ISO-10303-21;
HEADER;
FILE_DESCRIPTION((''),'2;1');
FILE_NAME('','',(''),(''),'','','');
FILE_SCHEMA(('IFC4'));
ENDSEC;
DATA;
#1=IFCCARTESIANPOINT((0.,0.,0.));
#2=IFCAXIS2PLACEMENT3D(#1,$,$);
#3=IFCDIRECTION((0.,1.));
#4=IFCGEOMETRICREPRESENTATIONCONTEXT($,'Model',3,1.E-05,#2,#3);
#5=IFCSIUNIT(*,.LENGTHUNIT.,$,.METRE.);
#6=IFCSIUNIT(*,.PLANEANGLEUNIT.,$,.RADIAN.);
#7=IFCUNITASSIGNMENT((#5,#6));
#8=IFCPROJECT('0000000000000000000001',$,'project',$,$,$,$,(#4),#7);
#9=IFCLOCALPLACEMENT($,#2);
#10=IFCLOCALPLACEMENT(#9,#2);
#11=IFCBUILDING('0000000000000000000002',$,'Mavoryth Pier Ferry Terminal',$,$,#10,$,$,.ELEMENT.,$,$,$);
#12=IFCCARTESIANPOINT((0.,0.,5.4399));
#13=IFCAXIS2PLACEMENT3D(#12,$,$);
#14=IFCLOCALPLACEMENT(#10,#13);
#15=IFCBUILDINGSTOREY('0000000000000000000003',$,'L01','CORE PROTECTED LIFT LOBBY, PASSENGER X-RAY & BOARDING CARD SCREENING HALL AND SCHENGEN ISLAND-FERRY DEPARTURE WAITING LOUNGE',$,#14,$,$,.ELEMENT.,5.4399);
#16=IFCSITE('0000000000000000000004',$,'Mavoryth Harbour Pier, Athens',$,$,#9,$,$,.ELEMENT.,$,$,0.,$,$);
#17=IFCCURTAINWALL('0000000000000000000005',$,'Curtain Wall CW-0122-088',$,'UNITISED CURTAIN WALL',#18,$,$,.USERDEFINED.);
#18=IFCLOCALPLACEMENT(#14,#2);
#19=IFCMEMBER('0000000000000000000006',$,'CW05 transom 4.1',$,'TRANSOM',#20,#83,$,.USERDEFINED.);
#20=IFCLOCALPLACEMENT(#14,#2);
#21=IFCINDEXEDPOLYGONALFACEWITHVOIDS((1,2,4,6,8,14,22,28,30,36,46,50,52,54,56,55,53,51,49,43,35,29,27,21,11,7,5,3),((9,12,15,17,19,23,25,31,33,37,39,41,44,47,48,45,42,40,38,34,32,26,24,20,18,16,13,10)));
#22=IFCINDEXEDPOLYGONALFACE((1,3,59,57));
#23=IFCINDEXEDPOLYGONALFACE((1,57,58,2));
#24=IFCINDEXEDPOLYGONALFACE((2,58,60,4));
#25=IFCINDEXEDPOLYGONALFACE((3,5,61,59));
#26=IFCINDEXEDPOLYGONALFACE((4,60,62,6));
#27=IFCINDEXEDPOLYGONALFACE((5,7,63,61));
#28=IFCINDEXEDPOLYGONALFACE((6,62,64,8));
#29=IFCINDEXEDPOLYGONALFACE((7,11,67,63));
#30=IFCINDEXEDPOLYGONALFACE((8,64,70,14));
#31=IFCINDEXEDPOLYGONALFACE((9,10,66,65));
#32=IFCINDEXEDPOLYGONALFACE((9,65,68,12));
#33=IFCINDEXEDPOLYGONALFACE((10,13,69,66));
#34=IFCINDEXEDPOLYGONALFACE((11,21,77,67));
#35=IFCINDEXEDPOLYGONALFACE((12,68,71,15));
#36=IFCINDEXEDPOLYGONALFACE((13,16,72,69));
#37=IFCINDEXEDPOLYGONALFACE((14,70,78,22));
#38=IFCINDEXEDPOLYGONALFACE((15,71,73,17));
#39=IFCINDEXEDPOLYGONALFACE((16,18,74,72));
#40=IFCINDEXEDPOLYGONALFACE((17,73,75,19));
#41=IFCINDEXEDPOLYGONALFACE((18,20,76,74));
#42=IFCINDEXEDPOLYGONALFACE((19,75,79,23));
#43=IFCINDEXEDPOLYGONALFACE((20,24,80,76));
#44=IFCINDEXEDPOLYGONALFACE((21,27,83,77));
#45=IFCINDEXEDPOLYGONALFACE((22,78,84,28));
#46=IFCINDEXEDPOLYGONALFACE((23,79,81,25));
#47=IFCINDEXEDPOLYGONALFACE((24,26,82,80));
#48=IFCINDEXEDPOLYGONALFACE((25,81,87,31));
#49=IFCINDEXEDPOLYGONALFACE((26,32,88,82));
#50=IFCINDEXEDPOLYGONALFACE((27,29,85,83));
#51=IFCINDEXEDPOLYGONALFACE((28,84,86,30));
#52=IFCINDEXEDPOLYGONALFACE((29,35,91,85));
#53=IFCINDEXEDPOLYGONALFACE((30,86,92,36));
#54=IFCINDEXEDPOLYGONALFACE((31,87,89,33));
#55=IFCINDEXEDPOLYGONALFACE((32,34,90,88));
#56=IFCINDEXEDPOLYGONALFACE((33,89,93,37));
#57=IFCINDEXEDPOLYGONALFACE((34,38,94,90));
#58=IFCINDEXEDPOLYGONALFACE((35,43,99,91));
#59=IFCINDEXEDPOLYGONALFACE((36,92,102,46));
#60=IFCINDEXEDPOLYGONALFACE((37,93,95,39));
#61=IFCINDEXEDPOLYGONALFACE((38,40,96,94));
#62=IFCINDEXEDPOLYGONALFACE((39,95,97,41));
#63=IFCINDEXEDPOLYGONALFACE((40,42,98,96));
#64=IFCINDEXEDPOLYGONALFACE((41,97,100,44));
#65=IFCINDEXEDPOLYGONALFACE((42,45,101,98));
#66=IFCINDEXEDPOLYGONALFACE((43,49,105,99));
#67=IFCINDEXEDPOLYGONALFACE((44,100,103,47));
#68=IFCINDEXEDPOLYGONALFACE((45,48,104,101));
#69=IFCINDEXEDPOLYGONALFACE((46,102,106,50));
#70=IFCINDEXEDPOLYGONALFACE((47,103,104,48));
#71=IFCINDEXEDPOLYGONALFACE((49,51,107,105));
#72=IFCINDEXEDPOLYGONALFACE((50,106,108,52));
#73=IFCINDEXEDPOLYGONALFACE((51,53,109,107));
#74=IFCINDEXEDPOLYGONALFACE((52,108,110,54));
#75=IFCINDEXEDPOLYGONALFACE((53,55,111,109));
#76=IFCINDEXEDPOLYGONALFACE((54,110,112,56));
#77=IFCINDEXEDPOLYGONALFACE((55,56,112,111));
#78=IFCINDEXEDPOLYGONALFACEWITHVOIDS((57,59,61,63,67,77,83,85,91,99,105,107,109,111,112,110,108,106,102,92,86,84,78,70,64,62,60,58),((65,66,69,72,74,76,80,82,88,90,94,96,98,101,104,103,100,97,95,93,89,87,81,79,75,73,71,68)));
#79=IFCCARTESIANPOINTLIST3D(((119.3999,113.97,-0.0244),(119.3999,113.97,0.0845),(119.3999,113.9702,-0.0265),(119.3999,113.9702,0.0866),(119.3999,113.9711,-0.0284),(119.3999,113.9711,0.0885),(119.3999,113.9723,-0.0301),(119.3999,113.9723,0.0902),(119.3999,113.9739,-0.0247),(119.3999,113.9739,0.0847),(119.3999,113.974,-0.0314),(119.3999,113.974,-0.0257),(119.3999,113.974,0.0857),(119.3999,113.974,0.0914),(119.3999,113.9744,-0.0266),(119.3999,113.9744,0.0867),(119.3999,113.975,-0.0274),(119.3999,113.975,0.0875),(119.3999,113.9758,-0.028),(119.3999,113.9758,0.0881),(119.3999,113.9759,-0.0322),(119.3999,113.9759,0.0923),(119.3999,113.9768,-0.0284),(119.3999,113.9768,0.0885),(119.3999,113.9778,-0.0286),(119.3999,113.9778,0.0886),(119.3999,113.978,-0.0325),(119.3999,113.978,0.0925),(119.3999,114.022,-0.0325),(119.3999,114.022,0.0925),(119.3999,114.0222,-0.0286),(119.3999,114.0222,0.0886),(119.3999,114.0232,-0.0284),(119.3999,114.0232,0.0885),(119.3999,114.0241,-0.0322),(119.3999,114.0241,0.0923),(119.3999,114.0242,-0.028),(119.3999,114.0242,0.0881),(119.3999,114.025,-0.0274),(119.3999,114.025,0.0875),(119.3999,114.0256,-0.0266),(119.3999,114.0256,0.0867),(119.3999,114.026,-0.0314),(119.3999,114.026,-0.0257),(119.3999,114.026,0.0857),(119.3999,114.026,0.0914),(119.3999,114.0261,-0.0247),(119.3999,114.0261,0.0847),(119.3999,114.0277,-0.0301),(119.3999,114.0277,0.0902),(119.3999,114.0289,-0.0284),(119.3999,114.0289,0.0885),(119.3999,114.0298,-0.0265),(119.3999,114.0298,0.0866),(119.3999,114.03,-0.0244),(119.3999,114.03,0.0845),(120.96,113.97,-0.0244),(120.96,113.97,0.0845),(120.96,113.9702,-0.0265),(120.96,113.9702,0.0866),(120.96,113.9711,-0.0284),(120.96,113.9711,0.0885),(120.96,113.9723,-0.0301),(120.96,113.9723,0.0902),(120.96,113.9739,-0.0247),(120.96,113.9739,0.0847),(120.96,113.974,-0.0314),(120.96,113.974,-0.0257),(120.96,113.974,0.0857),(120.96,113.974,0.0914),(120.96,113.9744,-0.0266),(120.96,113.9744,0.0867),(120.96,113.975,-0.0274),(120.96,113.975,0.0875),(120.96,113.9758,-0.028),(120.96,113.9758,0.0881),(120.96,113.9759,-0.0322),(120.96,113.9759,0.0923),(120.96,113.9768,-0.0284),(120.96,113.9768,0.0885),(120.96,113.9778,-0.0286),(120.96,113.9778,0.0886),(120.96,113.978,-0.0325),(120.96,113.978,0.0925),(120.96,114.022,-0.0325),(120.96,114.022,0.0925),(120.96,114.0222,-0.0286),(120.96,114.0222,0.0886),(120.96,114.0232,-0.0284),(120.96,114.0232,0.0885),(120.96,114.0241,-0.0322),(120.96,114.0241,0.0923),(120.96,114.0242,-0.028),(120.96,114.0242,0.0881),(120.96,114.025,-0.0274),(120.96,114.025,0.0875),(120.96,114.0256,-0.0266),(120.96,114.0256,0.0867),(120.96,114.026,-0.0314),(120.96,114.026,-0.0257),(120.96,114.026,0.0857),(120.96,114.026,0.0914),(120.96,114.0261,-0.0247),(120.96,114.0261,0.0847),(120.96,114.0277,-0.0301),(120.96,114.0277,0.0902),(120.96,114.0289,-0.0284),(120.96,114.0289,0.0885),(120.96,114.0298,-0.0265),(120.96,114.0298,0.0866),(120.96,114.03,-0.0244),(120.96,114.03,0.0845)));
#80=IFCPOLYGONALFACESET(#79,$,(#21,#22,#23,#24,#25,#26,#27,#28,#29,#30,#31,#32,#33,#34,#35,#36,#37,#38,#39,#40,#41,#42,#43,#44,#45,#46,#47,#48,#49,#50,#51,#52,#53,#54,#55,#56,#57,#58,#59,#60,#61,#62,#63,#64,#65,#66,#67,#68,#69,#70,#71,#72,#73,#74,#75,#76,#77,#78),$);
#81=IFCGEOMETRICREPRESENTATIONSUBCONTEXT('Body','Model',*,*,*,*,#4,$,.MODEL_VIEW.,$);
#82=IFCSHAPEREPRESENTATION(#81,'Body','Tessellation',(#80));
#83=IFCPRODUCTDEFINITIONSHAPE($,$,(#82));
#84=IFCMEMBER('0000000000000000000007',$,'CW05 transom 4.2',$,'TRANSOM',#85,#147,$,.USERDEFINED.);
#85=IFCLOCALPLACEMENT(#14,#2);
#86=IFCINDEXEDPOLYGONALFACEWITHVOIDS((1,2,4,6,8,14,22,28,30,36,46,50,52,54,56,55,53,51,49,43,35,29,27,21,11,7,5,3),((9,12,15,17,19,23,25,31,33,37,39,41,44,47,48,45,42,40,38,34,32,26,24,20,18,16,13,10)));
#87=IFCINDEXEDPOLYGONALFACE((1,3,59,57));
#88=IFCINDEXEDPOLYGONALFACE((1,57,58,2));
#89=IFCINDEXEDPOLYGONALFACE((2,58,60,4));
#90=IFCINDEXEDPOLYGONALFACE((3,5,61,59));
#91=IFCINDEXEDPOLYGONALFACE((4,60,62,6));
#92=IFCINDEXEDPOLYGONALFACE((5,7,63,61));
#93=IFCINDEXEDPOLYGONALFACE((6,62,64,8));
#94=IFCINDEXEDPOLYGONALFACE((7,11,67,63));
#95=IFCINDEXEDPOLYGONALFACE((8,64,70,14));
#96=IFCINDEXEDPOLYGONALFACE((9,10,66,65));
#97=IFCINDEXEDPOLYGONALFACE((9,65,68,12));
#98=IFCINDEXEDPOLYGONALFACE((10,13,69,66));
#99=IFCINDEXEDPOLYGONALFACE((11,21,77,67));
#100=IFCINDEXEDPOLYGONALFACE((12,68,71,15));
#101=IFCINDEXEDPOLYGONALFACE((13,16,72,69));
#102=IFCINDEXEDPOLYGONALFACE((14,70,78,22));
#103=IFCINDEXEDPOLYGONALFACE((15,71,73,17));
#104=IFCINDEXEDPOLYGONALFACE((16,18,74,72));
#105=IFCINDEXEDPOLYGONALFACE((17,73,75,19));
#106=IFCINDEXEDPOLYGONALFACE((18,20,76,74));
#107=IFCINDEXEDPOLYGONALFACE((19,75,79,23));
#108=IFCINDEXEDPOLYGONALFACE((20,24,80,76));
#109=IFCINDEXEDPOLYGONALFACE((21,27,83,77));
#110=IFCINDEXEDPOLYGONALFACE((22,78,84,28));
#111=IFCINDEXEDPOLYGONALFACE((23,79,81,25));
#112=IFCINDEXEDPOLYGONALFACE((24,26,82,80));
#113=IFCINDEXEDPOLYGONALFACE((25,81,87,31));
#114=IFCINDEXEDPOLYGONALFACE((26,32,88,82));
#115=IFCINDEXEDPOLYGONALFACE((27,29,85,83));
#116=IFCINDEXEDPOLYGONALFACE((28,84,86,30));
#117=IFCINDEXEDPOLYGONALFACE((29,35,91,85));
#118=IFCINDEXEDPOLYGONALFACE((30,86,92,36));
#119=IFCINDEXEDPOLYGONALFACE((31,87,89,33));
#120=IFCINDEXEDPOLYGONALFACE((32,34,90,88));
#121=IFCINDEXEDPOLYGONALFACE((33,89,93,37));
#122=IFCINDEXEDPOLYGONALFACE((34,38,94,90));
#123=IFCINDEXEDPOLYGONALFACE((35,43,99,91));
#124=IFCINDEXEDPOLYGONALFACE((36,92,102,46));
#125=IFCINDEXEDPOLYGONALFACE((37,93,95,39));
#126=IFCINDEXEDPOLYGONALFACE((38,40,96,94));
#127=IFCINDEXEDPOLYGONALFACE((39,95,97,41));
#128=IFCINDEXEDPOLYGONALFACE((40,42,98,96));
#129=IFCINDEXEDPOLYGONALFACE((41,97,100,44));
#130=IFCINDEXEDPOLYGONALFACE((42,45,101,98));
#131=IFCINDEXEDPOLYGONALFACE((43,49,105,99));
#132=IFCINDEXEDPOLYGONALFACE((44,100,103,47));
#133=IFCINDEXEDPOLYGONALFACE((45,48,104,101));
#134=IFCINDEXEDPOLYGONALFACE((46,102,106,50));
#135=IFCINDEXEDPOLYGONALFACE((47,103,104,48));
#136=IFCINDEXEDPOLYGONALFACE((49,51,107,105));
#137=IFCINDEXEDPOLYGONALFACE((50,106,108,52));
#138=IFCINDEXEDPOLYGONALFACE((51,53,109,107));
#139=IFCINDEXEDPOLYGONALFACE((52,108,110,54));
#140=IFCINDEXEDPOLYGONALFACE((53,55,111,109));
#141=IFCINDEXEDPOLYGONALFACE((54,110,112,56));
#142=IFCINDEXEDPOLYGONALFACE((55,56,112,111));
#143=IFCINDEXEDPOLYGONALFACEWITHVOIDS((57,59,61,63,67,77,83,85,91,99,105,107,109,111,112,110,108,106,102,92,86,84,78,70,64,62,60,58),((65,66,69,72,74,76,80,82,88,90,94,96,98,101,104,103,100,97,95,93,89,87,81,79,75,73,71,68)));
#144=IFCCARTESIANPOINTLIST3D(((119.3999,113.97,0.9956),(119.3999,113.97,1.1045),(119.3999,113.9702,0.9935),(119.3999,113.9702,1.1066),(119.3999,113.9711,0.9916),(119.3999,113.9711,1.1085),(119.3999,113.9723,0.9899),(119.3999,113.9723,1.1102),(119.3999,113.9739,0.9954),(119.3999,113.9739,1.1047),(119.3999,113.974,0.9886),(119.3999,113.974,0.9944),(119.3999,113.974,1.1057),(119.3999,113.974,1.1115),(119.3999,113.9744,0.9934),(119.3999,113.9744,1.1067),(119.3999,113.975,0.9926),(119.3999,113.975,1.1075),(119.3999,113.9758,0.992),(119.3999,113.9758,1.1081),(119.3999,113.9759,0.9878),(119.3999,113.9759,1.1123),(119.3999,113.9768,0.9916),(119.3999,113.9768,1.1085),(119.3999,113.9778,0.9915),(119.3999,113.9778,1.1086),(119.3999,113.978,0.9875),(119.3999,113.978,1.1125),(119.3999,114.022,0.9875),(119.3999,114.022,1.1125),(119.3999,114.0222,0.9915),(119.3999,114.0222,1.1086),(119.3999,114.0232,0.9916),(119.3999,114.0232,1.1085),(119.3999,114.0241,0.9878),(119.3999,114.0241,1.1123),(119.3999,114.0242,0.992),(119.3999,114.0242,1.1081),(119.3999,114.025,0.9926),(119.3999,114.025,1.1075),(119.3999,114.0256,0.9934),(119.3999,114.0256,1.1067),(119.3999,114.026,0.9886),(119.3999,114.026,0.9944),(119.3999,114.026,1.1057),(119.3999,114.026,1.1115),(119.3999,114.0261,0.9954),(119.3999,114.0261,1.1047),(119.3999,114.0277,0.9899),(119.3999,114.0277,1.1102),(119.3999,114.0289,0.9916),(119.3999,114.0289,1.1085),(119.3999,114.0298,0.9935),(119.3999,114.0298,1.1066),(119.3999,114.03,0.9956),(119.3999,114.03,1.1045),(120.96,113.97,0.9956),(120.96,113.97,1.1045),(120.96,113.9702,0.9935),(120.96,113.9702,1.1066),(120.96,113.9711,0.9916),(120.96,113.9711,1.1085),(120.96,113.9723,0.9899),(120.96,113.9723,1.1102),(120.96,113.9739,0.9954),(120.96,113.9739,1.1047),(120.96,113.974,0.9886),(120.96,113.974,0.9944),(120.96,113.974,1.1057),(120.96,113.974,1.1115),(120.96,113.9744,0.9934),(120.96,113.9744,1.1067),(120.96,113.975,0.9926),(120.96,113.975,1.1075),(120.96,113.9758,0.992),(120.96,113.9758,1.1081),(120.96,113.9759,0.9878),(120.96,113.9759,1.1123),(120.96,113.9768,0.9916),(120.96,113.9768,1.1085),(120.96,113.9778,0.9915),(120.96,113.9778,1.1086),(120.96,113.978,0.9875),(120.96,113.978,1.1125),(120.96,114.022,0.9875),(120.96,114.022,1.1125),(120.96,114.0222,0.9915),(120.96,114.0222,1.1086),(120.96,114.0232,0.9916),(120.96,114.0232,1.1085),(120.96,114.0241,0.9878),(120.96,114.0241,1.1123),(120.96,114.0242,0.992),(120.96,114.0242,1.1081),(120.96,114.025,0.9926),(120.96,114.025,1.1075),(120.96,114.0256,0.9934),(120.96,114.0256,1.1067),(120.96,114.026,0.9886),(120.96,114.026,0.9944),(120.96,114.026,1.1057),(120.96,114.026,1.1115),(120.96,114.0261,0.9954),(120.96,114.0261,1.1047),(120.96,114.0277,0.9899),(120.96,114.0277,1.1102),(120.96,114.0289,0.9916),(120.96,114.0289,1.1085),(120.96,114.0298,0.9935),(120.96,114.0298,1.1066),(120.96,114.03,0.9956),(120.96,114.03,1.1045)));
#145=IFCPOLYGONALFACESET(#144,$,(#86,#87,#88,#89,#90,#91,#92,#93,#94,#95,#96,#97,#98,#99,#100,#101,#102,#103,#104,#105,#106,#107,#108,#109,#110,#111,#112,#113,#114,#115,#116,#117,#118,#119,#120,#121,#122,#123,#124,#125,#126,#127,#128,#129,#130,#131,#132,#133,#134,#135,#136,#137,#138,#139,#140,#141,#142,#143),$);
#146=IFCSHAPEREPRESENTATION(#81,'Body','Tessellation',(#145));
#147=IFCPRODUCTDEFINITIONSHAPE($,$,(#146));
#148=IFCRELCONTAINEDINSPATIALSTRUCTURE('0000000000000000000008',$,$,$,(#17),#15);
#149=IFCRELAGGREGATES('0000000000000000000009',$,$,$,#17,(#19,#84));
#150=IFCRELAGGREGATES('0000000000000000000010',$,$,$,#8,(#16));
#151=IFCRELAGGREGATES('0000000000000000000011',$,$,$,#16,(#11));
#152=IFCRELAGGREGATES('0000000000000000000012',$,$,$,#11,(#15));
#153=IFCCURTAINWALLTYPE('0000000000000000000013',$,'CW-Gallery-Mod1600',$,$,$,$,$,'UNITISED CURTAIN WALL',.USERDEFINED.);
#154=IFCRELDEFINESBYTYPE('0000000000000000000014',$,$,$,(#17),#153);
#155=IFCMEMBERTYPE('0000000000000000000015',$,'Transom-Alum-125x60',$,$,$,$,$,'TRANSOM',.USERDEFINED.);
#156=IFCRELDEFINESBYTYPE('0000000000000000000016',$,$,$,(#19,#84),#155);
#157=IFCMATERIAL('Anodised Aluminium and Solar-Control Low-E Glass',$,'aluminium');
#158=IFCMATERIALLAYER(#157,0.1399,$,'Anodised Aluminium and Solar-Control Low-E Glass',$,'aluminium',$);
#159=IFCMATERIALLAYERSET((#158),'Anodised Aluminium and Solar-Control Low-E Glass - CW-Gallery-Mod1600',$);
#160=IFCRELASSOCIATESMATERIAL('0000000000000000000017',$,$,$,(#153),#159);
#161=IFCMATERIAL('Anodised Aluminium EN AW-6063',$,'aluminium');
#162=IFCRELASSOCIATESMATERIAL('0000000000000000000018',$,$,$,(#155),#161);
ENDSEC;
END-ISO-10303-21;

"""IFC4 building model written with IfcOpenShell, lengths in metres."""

from ifc_helpers import new_model, si_unit, direction, frame, origin, origin_2d, place, context, subcontext, project, spatial, hollow_rectangle, extrude, material, layer, layer_set, material_profile, profile_set, type_object, element, aggregate, save


model = new_model("IFC4")

# Units and contexts
model_context = context("Model", 3, precision=1e-05, world=origin(), true_north=direction((0.0, 1.0)))
body_context = subcontext(model_context, "Body", "Model", "MODEL_VIEW")
ifc_project = project(units=[si_unit("LENGTHUNIT", "METRE"), si_unit("PLANEANGLEUNIT", "RADIAN")], contexts=[model_context])

# Site, building, storey
site_placement = place(None, origin())
site = spatial("IfcSite", under=ifc_project, at=site_placement, Name="Mavoryth Harbour Pier, Athens", CompositionType="ELEMENT", RefElevation=0.0)
building_placement = place(site_placement, origin())
building = spatial("IfcBuilding", under=site, at=building_placement, Name="Mavoryth Pier Ferry Terminal", CompositionType="ELEMENT")
storey_placement = place(building_placement, frame((0.0, 0.0, 5.4399)))
storey = spatial("IfcBuildingStorey", under=building, at=storey_placement, Name="L01", Description="CORE PROTECTED LIFT LOBBY, PASSENGER X-RAY & BOARDING CARD SCREENING HALL AND SCHENGEN ISLAND-FERRY DEPARTURE WAITING LOUNGE", CompositionType="ELEMENT", Elevation=5.4399)

# Curtain wall, members
ifc_material_1 = material(Name="Anodised Aluminium and Solar-Control Low-E Glass", Category="aluminium")
ifc_layer_1 = layer(ifc_material_1, 0.1399, Name="Anodised Aluminium and Solar-Control Low-E Glass", Category="aluminium")
ifc_layer_set_1 = layer_set([ifc_layer_1], Name="Anodised Aluminium and Solar-Control Low-E Glass - CW-Gallery-Mod1600")
curtain_wall_type = type_object("IfcCurtainWallType", Name="CW-Gallery-Mod1600", ElementType="UNITISED CURTAIN WALL", PredefinedType="USERDEFINED", material=ifc_layer_set_1)
curtain_wall_placement = place(storey_placement, origin())
curtain_wall = element("IfcCurtainWall", 1, at=curtain_wall_placement, inside=storey, type_object=curtain_wall_type, Name="Curtain Wall CW-0122-088", ObjectType="UNITISED CURTAIN WALL", PredefinedType="USERDEFINED")
ifc_material_2 = material(Name="Anodised Aluminium EN AW-6063", Category="aluminium")
ifc_material_profile_1 = material_profile(ifc_material_2, hollow_rectangle(XDim=0.0601, YDim=0.125, WallThickness=0.0039, InnerFilletRadius=0.0039, OuterFilletRadius=0.0081, at=origin_2d()), Name="AL-TRAN 125x60x4", Category="aluminium")
ifc_profile_set_1 = profile_set([ifc_material_profile_1], Name="Anodised Aluminium EN AW-6063 - AL-TRAN 125x60x4")
member_type_1 = type_object("IfcMemberType", Name="Transom-Alum-125x60", ElementType="TRANSOM", PredefinedType="USERDEFINED", material=ifc_profile_set_1)
member_1_placement = place(storey_placement, frame((120.96, 114.0, 0.03), z_axis=(-1.0, 0.0, 0.0), x_axis=(0.0, -1.0, 0.0)))
member_1 = element("IfcMember", 2, at=member_1_placement, type_object=member_type_1, Name="CW05 transom 4.1", ObjectType="TRANSOM", PredefinedType="USERDEFINED", context=body_context, shape_type="SweptSolid", body=[
    extrude(hollow_rectangle(XDim=0.0601, YDim=0.125, WallThickness=0.0039, InnerFilletRadius=0.0039, OuterFilletRadius=0.0081, at=origin_2d()), origin(), (0.0, 0.0, 1.0), 1.5601),
])
member_2_placement = place(storey_placement, frame((120.96, 114.0, 1.05), z_axis=(-1.0, 0.0, 0.0), x_axis=(0.0, -1.0, 0.0)))
member_2 = element("IfcMember", 3, at=member_2_placement, type_object=member_type_1, Name="CW05 transom 4.2", ObjectType="TRANSOM", PredefinedType="USERDEFINED", context=body_context, shape_type="SweptSolid", body=[
    extrude(hollow_rectangle(XDim=0.0601, YDim=0.125, WallThickness=0.0039, InnerFilletRadius=0.0039, OuterFilletRadius=0.0081, at=origin_2d()), origin(), (0.0, 0.0, 1.0), 1.5601),
])
aggregate(curtain_wall, [member_1, member_2])

save(model, "model.ifc")
